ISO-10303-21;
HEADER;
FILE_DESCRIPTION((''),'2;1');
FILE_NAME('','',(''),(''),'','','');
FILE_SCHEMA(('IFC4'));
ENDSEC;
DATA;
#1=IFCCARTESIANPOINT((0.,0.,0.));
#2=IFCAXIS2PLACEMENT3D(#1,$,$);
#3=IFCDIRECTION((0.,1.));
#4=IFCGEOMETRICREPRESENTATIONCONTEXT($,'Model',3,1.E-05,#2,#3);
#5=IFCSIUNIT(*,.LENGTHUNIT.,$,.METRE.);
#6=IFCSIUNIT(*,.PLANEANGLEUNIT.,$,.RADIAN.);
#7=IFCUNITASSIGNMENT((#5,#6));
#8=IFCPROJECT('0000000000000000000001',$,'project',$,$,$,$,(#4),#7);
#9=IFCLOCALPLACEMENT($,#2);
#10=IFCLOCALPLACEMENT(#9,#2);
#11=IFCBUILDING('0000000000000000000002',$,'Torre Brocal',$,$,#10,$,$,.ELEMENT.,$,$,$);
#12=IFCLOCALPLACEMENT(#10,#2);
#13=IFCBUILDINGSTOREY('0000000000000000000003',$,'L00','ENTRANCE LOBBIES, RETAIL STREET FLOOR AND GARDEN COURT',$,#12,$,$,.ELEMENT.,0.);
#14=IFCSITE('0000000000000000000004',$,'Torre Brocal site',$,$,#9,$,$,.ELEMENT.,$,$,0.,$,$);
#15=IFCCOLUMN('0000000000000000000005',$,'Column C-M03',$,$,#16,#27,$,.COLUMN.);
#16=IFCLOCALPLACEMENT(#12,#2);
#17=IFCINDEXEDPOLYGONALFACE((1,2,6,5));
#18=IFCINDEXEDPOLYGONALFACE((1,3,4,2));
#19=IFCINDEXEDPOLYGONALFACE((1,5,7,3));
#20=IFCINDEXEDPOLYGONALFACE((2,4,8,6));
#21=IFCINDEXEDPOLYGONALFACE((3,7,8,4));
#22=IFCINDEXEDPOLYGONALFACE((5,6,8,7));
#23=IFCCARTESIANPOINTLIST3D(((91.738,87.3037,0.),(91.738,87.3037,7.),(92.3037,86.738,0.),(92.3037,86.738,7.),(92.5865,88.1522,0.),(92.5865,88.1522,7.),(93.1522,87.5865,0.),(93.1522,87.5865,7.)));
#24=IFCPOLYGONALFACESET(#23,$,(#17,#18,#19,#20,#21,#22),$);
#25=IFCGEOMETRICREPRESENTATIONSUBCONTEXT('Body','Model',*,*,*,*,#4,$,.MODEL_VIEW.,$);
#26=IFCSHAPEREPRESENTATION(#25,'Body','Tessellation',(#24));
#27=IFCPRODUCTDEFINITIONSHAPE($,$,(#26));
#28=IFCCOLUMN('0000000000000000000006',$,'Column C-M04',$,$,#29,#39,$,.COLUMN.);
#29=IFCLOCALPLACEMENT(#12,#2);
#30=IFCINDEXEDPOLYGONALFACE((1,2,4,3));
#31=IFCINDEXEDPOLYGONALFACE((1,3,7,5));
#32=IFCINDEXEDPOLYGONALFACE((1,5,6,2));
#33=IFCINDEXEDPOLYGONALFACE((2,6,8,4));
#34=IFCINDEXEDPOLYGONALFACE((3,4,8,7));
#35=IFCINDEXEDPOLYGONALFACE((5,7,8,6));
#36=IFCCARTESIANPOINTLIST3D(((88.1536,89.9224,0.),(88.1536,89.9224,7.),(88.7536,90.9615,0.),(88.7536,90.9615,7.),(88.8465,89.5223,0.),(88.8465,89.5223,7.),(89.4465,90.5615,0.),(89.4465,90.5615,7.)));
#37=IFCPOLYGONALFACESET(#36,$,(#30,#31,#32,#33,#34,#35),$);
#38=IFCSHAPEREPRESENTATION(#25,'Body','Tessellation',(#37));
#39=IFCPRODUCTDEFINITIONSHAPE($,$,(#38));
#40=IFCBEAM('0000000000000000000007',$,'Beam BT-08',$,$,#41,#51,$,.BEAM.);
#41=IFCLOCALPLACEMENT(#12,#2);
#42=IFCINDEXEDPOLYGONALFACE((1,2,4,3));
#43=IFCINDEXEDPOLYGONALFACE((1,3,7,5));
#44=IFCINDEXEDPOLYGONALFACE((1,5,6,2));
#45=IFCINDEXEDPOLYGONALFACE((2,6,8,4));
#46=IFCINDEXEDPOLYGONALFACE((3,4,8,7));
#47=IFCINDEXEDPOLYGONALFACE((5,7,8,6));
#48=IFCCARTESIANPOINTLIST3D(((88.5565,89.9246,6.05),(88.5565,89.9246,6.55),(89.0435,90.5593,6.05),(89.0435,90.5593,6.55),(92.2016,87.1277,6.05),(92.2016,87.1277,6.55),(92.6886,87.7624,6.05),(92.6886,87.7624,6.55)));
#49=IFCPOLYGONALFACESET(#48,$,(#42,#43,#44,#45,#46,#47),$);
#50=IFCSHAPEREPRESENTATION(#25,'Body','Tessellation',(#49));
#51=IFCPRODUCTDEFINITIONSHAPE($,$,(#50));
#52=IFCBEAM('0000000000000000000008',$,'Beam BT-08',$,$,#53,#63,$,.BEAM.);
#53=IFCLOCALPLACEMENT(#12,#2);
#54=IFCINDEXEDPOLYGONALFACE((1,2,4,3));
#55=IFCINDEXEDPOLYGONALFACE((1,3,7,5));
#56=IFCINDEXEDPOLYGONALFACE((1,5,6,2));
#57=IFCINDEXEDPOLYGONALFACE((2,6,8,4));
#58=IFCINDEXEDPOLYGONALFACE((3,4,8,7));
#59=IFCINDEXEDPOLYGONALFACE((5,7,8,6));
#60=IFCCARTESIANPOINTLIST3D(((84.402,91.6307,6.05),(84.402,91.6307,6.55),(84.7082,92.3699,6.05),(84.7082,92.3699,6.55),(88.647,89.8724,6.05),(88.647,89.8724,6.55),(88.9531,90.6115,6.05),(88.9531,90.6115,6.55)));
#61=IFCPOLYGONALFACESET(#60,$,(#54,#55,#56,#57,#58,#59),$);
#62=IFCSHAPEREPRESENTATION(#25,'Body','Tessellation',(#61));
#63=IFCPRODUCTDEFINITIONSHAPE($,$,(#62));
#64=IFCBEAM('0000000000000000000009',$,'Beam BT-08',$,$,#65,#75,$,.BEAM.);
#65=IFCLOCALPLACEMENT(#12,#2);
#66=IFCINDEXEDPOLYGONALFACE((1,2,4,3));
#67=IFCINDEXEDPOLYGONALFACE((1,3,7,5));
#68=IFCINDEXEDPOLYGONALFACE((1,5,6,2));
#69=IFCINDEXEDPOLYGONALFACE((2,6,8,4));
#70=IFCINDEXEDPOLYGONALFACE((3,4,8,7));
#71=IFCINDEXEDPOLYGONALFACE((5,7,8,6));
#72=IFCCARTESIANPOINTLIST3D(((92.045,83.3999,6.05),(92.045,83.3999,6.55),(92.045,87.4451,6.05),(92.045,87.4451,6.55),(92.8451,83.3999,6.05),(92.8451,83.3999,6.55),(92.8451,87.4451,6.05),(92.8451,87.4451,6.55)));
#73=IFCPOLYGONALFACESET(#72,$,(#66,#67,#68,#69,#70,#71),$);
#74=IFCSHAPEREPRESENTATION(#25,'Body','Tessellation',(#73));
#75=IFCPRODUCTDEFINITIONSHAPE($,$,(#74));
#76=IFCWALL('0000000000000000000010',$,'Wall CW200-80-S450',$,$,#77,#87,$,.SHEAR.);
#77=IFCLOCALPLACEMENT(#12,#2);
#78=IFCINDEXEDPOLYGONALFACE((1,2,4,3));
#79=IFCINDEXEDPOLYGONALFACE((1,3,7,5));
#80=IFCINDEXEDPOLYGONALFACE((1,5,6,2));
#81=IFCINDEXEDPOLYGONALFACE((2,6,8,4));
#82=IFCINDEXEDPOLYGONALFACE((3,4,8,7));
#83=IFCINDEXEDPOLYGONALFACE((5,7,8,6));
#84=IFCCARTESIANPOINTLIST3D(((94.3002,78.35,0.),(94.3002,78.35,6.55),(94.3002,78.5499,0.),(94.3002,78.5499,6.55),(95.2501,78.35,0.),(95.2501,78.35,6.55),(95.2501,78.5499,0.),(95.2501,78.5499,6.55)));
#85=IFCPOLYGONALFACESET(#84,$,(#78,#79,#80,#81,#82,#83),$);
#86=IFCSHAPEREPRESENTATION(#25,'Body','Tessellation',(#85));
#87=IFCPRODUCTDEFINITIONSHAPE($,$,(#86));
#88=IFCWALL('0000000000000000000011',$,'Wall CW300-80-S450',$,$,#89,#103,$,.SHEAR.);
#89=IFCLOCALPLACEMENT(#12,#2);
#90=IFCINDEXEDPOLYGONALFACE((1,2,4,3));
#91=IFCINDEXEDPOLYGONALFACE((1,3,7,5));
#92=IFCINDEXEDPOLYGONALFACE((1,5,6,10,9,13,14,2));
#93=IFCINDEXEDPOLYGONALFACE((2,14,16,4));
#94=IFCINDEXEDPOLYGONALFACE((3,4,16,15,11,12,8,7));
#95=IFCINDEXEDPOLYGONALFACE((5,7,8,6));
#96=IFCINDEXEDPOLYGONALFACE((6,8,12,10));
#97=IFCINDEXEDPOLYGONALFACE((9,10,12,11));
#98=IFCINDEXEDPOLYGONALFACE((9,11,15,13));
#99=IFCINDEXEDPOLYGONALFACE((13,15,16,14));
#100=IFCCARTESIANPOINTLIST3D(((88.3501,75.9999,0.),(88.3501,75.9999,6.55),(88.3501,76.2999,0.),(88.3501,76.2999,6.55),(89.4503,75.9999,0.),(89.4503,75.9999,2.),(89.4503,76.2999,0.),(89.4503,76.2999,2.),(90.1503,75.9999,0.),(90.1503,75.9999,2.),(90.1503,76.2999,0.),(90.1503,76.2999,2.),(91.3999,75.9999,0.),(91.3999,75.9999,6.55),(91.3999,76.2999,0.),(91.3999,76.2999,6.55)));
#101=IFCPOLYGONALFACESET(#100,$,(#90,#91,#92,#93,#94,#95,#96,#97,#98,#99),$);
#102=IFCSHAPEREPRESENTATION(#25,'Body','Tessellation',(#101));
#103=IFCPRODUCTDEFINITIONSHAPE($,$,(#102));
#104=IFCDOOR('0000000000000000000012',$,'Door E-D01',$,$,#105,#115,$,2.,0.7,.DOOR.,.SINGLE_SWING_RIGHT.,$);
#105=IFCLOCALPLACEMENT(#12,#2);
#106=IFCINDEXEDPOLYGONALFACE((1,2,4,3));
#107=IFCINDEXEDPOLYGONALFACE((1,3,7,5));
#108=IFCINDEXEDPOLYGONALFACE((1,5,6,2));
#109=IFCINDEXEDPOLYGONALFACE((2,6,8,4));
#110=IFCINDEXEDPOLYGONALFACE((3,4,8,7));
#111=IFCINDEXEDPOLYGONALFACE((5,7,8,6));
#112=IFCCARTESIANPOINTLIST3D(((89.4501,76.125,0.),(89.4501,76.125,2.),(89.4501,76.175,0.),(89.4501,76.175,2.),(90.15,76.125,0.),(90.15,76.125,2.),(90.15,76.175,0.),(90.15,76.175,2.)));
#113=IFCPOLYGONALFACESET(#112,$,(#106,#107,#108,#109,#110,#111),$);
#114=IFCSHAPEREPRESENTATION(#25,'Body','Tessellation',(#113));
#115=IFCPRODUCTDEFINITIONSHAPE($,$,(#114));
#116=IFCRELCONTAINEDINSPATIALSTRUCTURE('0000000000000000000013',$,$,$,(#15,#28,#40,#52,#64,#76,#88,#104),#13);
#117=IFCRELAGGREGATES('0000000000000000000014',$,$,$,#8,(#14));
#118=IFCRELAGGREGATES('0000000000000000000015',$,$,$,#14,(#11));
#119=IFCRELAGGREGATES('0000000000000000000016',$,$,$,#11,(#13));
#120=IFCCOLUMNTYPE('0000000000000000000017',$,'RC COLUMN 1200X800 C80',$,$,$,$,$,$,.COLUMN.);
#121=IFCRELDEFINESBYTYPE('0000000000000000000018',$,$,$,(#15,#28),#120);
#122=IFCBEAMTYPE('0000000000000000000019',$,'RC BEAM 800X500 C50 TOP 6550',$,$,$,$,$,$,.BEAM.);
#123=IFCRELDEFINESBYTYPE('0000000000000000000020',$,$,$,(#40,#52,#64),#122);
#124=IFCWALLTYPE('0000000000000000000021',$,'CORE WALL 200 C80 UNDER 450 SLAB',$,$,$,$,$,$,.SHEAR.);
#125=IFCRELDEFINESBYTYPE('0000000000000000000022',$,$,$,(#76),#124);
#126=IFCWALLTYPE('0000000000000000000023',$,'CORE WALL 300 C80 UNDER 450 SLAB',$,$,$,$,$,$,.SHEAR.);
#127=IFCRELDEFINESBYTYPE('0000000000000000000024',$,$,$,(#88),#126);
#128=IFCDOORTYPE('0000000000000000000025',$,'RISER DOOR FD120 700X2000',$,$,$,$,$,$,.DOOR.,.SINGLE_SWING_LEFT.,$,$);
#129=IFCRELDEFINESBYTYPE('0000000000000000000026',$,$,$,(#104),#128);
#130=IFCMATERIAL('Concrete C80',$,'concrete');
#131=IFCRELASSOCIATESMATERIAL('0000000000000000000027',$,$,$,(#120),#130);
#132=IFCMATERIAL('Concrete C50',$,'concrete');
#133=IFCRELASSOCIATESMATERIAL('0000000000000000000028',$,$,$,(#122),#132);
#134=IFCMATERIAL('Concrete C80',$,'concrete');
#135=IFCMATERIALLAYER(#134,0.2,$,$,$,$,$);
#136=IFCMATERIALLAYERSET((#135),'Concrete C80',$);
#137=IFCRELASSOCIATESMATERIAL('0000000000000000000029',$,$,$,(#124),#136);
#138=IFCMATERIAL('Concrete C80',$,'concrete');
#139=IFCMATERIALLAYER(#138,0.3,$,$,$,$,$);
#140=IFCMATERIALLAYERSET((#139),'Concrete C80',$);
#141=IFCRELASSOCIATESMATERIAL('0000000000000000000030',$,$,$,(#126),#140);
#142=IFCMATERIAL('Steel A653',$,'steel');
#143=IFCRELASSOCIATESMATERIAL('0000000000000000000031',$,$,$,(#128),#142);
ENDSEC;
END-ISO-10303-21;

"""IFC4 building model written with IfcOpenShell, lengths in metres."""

from ifc_helpers import new_model, si_unit, direction, frame, frame_2d, origin, origin_2d, place, context, subcontext, project, spatial, rectangle, extrude, material, layer, layer_set, material_profile, profile_set, type_object, element, fill, save


model = new_model("IFC4")

# Units and contexts
model_context = context("Model", 3, precision=1e-05, world=origin(), true_north=direction((0.0, 1.0)))
body_context = subcontext(model_context, "Body", "Model", "MODEL_VIEW")
ifc_project = project(units=[si_unit("LENGTHUNIT", "METRE"), si_unit("PLANEANGLEUNIT", "RADIAN")], contexts=[model_context])

# Site, building, storey
site_placement = place(None, origin())
site = spatial("IfcSite", under=ifc_project, at=site_placement, Name="Torre Brocal site", CompositionType="ELEMENT", RefElevation=0.0)
building_placement = place(site_placement, origin())
building = spatial("IfcBuilding", under=site, at=building_placement, Name="Torre Brocal", CompositionType="ELEMENT")
storey_placement = place(building_placement, origin())
storey = spatial("IfcBuildingStorey", under=building, at=storey_placement, Name="L00", Description="ENTRANCE LOBBIES, RETAIL STREET FLOOR AND GARDEN COURT", CompositionType="ELEMENT", Elevation=0.0)

# Columns
ifc_material_1 = material(Name="Concrete C80", Category="concrete")
ifc_material_profile_1 = material_profile(ifc_material_1, rectangle(XDim=1.2, YDim=0.8, at=origin_2d()), Name="RC 1200X800")
ifc_profile_set_1 = profile_set([ifc_material_profile_1], Name="Concrete C80")
column_type = type_object("IfcColumnType", Name="RC COLUMN 1200X800 C80", PredefinedType="COLUMN", material=ifc_profile_set_1)
for number, where, z_axis, x_axis, name in (
    (1, (92.4451, 87.4451, 0.0), (0.0, 0.0, 1.0), (0.707107, 0.707107, 0.0), "Column C-M03"),
    (2, (88.8, 90.2419, 0.0), (0.0, 0.0, 1.0), (0.5, 0.866025, 0.0), "Column C-M04"),
):
    element("IfcColumn", number, at=place(storey_placement, frame(where, z_axis=z_axis, x_axis=x_axis)), inside=storey, type_object=column_type, Name=name, PredefinedType="COLUMN", context=body_context, shape_type="SweptSolid", body=[
        extrude(rectangle(XDim=1.2, YDim=0.8, at=origin_2d()), origin(), (0.0, 0.0, 1.0), 7.0),
    ])

# Beams
ifc_material_2 = material(Name="Concrete C50", Category="concrete")
ifc_material_profile_2 = material_profile(ifc_material_2, rectangle(XDim=0.8, YDim=0.5, at=origin_2d()), Name="RC 800X500")
ifc_profile_set_2 = profile_set([ifc_material_profile_2], Name="Concrete C50")
beam_type = type_object("IfcBeamType", Name="RC BEAM 800X500 C50 TOP 6550", PredefinedType="BEAM", material=ifc_profile_set_2)
beam_1_placement = place(storey_placement, frame((92.4451, 87.4451, 6.3), z_axis=(-0.793358, 0.608755, 0.0), x_axis=(-0.608755, -0.793358, 0.0)))
element("IfcBeam", 3, at=beam_1_placement, inside=storey, type_object=beam_type, Name="Beam BT-08", PredefinedType="BEAM", context=body_context, shape_type="SweptSolid", body=[
    extrude(rectangle(XDim=0.8, YDim=0.5, at=origin_2d()), origin(), (0.0, 0.0, 1.0), 4.5945),
])
beam_2_placement = place(storey_placement, frame((88.8, 90.2419, 6.3), z_axis=(-0.923878, 0.382687, 0.0), x_axis=(-0.382687, -0.923878, 0.0)))
element("IfcBeam", 4, at=beam_2_placement, inside=storey, type_object=beam_type, Name="Beam BT-08", PredefinedType="BEAM", context=body_context, shape_type="SweptSolid", body=[
    extrude(rectangle(XDim=0.8, YDim=0.5, at=origin_2d()), origin(), (0.0, 0.0, 1.0), 4.5947),
])
beam_3_placement = place(storey_placement, frame((92.4451, 87.4451, 6.3), z_axis=(0.0, -1.0, 0.0), x_axis=(1.0, 0.0, 0.0)))
element("IfcBeam", 5, at=beam_3_placement, inside=storey, type_object=beam_type, Name="Beam BT-08", PredefinedType="BEAM", context=body_context, shape_type="SweptSolid", body=[
    extrude(rectangle(XDim=0.8, YDim=0.5, at=origin_2d()), origin(), (0.0, 0.0, 1.0), 4.0452),
])

# Wall
ifc_material_3 = material(Name="Concrete C80", Category="concrete")
ifc_layer_1 = layer(ifc_material_3, 0.2)
ifc_layer_set_1 = layer_set([ifc_layer_1], Name="Concrete C80")
wall_type_1 = type_object("IfcWallType", Name="CORE WALL 200 C80 UNDER 450 SLAB", PredefinedType="SHEAR", material=ifc_layer_set_1)
wall_1_placement = place(storey_placement, frame((94.3, 78.45, 0.0), z_axis=(0.0, 0.0, 1.0), x_axis=(1.0, 0.0, 0.0)))
element("IfcWall", 6, at=wall_1_placement, inside=storey, type_object=wall_type_1, Name="Wall CW200-80-S450", PredefinedType="SHEAR", context=body_context, shape_type="SweptSolid", body=[
    extrude(rectangle(XDim=0.95, YDim=0.2, at=frame_2d((0.4751, 0.0))), origin(), (0.0, 0.0, 1.0), 6.55),
])

# Wall, opening, door
ifc_material_4 = material(Name="Concrete C80", Category="concrete")
ifc_layer_2 = layer(ifc_material_4, 0.3)
ifc_layer_set_2 = layer_set([ifc_layer_2], Name="Concrete C80")
wall_type_2 = type_object("IfcWallType", Name="CORE WALL 300 C80 UNDER 450 SLAB", PredefinedType="SHEAR", material=ifc_layer_set_2)
wall_2_placement = place(storey_placement, frame((88.3501, 76.1499, 0.0), z_axis=(0.0, 0.0, 1.0), x_axis=(1.0, 0.0, 0.0)))
wall_2 = element("IfcWall", 7, at=wall_2_placement, inside=storey, type_object=wall_type_2, Name="Wall CW300-80-S450", PredefinedType="SHEAR", context=body_context, shape_type="SweptSolid", body=[
    extrude(rectangle(XDim=3.0498, YDim=0.3, at=frame_2d((1.5249, 0.0))), origin(), (0.0, 0.0, 1.0), 6.55),
])
opening_1_placement = place(wall_2_placement, frame((1.1001, 0.0, 0.0)))
opening_1 = element("IfcOpeningElement", 8, at=opening_1_placement, cuts=wall_2, PredefinedType="OPENING", context=body_context, shape_type="SweptSolid", body=[
    extrude(rectangle(XDim=0.7, YDim=2.0, at=frame_2d((0.3501, 1.0))), frame((0.0, 0.1599, 0.0), z_axis=(0.0, -1.0, 0.0), x_axis=(1.0, 0.0, 0.0)), (0.0, 0.0, 1.0), 0.3201),
])
ifc_material_5 = material(Name="Steel A653", Category="steel")
door_type_1 = type_object("IfcDoorType", Name="RISER DOOR FD120 700X2000", OperationType="SINGLE_SWING_LEFT", PredefinedType="DOOR", material=ifc_material_5)
door_1_placement = place(opening_1_placement, frame((0.7, 0.0, 0.0), z_axis=(0.0, 0.0, 1.0), x_axis=(-1.0, 0.0, 0.0)))
door_1 = element("IfcDoor", 9, at=door_1_placement, inside=storey, type_object=door_type_1, Name="Door E-D01", OperationType="SINGLE_SWING_RIGHT", OverallHeight=2.0, OverallWidth=0.7, PredefinedType="DOOR", context=body_context, shape_type="SweptSolid", body=[
    extrude(rectangle(XDim=0.7, YDim=2.0, at=frame_2d((0.3501, 1.0))), frame((0.0, 0.0249, 0.0), z_axis=(0.0, -1.0, 0.0), x_axis=(1.0, 0.0, 0.0)), (0.0, 0.0, 1.0), 0.05),
])
fill(opening_1, door_1)

save(model, "model.ifc")
